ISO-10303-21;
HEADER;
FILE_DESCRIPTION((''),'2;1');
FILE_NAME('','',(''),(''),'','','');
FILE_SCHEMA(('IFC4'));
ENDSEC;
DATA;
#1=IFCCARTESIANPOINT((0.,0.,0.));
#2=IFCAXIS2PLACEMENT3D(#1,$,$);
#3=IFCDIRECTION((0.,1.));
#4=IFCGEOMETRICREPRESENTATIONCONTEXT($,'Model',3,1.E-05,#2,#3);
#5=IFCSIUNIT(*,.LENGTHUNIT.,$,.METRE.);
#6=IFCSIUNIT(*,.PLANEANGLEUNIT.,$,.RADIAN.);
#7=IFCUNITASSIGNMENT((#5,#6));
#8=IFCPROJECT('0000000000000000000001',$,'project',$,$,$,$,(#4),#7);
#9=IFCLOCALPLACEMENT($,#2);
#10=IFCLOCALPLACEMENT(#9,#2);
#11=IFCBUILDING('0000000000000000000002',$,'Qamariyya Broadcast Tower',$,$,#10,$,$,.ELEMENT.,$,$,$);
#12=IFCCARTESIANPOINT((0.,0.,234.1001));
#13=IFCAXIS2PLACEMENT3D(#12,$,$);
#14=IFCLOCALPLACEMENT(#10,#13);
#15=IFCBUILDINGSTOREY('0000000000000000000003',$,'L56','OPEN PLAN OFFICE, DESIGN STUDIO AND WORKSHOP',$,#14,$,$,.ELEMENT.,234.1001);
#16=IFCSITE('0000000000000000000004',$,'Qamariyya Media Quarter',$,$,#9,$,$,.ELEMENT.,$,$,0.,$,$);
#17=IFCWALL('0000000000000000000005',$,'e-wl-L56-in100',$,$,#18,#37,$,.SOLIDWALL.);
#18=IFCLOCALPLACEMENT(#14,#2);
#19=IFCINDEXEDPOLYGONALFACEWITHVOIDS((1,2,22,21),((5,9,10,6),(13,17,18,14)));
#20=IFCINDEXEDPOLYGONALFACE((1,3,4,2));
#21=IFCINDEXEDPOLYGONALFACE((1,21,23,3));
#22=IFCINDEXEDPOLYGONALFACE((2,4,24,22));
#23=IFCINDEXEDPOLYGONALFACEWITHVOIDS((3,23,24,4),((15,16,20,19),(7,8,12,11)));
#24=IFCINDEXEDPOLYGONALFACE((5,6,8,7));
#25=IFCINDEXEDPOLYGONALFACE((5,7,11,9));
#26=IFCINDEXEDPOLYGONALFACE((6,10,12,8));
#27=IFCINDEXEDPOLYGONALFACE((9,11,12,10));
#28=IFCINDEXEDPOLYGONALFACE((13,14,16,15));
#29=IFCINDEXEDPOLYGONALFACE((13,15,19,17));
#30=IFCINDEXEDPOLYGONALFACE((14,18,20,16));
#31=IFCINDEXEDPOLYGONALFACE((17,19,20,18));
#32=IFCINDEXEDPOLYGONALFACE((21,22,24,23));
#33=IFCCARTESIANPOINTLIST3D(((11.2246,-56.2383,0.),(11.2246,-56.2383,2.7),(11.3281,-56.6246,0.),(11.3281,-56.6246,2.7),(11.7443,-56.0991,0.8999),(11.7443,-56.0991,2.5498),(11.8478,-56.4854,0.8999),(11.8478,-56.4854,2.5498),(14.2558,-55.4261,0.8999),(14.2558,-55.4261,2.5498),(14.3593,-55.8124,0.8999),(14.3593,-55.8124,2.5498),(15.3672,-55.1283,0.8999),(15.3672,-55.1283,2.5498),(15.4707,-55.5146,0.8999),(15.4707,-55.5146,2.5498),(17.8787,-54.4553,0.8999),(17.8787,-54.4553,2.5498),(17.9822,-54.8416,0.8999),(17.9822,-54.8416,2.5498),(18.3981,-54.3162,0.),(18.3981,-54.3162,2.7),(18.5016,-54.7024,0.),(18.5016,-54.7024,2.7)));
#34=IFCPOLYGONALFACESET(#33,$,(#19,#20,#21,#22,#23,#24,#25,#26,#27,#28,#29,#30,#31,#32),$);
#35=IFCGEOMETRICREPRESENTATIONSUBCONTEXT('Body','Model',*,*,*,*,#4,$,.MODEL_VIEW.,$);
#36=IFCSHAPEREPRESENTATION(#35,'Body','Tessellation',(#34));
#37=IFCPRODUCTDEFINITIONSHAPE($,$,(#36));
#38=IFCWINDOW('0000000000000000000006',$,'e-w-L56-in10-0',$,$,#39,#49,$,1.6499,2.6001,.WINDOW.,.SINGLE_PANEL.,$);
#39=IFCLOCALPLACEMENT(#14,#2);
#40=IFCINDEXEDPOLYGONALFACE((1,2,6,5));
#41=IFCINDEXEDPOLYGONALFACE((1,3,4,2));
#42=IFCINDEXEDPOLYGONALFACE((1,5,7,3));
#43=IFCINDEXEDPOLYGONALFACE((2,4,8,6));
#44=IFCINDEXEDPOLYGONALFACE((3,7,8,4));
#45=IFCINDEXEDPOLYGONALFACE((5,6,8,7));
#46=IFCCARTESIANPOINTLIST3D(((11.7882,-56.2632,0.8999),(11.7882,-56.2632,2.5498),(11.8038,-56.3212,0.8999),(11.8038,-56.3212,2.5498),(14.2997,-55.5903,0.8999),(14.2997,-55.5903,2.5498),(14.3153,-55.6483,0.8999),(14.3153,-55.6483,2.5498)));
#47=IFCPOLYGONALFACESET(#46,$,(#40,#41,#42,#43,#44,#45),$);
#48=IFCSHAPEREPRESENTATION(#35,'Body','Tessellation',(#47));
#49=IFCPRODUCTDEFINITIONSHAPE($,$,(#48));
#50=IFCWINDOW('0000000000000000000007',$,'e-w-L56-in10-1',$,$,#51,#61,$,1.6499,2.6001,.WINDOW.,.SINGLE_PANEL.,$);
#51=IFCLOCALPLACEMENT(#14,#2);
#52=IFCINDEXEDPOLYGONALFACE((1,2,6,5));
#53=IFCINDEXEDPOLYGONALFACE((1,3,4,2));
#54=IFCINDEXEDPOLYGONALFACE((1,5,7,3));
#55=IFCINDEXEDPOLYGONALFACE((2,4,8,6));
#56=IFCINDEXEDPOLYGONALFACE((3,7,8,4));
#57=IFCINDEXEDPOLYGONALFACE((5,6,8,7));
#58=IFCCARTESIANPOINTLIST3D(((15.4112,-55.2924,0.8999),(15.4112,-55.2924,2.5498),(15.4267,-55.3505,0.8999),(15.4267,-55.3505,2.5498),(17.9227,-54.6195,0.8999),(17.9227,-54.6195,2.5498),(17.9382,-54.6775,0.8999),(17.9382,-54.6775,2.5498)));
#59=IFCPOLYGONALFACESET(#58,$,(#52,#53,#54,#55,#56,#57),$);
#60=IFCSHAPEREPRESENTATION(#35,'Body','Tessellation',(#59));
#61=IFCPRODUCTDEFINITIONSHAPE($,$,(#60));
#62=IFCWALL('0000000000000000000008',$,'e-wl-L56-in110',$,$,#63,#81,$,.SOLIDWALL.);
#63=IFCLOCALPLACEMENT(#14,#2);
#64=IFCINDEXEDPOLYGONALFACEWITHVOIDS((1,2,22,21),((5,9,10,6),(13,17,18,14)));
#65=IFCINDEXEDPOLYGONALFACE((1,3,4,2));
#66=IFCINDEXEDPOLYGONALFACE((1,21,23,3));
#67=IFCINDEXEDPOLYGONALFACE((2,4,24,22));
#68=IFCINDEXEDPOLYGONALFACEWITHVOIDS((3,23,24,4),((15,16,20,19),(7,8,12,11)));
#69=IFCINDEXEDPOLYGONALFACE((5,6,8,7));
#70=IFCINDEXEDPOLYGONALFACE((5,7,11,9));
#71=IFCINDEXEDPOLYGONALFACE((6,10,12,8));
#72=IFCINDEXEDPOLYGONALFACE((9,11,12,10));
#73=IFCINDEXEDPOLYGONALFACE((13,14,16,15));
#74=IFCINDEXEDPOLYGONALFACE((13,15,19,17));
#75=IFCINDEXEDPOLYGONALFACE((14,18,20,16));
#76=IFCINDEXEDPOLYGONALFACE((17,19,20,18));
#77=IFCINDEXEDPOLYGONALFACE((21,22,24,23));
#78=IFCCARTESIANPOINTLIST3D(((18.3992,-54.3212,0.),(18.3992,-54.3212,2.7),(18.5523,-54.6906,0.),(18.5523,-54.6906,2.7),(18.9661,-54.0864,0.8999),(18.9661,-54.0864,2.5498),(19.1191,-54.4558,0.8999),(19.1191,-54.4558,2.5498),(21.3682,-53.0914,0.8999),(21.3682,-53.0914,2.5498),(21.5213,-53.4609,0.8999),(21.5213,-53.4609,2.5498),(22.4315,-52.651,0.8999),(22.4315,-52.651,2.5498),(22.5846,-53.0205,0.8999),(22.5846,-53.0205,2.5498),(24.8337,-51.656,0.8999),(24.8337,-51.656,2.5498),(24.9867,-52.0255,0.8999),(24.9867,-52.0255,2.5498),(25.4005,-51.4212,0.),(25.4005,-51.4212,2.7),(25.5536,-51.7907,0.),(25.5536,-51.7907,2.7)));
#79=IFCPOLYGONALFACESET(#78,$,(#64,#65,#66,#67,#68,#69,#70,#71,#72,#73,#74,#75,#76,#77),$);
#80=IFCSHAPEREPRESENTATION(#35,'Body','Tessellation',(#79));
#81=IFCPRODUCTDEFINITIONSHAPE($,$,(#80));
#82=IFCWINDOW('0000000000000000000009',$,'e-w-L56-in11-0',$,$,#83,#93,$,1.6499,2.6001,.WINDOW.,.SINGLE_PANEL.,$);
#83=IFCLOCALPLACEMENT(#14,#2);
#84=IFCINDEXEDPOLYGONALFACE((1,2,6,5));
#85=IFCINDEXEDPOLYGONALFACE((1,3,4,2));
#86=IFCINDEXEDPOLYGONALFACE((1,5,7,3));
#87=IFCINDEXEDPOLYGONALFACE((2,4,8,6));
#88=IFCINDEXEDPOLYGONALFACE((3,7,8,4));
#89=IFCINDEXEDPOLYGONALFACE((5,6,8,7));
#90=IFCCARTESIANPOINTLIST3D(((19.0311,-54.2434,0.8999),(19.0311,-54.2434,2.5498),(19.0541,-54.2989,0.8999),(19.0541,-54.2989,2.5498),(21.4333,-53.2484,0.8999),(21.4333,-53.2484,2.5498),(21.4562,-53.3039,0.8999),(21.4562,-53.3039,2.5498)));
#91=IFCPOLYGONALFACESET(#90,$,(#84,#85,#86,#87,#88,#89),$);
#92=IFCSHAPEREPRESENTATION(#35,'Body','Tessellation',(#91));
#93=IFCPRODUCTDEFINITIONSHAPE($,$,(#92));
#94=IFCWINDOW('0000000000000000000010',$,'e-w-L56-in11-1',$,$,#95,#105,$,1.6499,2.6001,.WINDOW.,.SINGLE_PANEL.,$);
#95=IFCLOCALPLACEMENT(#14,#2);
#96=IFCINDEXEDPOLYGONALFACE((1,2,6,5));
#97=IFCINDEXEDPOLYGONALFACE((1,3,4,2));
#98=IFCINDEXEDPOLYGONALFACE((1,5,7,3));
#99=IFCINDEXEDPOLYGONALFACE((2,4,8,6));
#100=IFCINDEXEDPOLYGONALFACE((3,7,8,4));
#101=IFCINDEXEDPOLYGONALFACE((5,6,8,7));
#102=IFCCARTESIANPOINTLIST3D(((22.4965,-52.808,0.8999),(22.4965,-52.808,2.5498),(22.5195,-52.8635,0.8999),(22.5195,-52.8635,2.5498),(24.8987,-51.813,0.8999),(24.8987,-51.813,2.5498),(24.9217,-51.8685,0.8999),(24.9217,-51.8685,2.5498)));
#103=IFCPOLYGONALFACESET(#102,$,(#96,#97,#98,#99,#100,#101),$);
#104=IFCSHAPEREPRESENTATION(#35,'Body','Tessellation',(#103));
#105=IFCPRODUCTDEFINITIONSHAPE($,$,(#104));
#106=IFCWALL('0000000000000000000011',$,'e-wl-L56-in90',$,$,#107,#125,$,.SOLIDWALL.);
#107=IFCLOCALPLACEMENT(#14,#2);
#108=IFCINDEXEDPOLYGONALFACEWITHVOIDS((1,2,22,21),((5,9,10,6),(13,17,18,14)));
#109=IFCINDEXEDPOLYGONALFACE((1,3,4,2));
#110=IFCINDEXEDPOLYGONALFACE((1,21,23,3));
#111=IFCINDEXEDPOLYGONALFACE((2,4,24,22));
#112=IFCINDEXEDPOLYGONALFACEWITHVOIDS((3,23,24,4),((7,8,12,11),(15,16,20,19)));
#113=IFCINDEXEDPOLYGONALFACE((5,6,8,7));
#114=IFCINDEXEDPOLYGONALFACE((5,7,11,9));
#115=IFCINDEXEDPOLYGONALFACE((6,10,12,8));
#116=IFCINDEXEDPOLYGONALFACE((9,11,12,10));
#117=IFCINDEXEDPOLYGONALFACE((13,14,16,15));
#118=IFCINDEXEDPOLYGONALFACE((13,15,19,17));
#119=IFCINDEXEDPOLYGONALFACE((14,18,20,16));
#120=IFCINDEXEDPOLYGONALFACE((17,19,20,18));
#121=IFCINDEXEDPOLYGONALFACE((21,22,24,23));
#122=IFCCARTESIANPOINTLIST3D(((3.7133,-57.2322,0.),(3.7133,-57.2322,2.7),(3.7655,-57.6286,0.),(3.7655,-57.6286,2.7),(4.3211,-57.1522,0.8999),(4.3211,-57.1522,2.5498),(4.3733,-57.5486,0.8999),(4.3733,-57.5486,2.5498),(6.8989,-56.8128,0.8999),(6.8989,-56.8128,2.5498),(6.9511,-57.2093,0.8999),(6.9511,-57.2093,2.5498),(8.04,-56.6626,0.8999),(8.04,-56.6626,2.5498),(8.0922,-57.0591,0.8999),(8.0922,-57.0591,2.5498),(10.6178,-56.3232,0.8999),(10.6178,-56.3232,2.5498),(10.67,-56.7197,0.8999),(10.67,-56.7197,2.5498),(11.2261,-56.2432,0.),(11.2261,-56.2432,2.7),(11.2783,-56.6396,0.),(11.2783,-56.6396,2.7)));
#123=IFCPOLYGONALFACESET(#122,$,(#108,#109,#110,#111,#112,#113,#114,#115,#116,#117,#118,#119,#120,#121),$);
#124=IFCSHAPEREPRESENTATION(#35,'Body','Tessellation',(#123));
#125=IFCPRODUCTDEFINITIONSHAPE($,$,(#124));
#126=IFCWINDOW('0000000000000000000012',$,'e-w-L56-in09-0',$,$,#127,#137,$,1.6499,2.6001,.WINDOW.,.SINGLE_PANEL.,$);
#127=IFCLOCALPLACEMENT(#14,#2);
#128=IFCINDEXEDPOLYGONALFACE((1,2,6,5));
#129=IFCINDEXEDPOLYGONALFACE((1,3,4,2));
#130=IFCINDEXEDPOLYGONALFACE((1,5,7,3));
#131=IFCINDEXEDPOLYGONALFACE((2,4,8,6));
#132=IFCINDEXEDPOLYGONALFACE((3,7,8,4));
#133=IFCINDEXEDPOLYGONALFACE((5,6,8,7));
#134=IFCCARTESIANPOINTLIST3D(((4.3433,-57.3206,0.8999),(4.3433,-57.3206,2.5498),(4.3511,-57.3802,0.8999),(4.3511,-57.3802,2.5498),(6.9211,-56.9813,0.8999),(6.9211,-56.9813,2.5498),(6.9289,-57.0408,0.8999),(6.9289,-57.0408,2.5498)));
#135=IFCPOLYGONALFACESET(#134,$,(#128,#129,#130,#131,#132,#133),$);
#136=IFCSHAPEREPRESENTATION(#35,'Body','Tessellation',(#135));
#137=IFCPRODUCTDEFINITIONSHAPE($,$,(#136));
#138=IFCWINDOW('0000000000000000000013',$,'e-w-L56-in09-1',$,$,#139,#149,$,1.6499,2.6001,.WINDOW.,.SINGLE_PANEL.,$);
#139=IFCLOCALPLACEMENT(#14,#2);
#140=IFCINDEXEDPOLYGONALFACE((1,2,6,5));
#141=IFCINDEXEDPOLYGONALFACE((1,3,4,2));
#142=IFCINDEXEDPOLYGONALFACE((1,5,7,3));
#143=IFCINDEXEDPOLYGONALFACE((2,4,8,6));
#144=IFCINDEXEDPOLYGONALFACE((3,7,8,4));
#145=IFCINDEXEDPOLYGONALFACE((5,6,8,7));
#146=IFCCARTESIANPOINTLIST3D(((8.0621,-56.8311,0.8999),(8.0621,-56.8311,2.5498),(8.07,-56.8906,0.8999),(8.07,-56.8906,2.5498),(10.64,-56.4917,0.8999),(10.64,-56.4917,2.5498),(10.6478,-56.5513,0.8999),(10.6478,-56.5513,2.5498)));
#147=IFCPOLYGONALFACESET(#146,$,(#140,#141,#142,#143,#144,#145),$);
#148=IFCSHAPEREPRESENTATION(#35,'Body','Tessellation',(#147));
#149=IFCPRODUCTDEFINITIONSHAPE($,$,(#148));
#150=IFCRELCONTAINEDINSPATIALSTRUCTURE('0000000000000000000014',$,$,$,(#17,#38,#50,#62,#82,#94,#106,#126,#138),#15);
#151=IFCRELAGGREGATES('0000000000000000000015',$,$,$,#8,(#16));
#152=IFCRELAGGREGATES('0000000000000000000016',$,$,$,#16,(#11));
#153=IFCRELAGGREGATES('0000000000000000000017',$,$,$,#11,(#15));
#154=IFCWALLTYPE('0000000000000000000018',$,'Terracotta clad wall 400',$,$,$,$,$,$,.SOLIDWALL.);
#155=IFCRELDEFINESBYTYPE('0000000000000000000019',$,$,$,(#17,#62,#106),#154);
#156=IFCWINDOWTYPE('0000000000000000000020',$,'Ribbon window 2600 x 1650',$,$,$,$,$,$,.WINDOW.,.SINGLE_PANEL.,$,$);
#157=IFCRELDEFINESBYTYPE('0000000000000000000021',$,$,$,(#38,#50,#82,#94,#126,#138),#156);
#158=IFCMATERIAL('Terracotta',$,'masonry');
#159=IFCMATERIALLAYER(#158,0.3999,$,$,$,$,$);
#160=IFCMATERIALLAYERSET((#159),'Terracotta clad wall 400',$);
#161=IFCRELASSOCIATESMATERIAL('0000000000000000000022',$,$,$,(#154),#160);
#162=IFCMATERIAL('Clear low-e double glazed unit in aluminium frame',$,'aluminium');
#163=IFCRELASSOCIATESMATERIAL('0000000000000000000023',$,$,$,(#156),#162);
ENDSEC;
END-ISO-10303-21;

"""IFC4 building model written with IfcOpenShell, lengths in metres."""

from ifc_helpers import new_model, si_unit, direction, frame, frame_2d, origin, place, context, subcontext, project, spatial, rectangle, extrude, material, layer, layer_set, type_object, element, fill, save


model = new_model("IFC4")

# Units and contexts
model_context = context("Model", 3, precision=1e-05, world=origin(), true_north=direction((0.0, 1.0)))
body_context = subcontext(model_context, "Body", "Model", "MODEL_VIEW")
ifc_project = project(units=[si_unit("LENGTHUNIT", "METRE"), si_unit("PLANEANGLEUNIT", "RADIAN")], contexts=[model_context])

# Site, building, storey
site_placement = place(None, origin())
site = spatial("IfcSite", under=ifc_project, at=site_placement, Name="Qamariyya Media Quarter", CompositionType="ELEMENT", RefElevation=0.0)
building_placement = place(site_placement, origin())
building = spatial("IfcBuilding", under=site, at=building_placement, Name="Qamariyya Broadcast Tower", CompositionType="ELEMENT")
storey_placement = place(building_placement, frame((0.0, 0.0, 234.1001)))
storey = spatial("IfcBuildingStorey", under=building, at=storey_placement, Name="L56", Description="OPEN PLAN OFFICE, DESIGN STUDIO AND WORKSHOP", CompositionType="ELEMENT", Elevation=234.1001)

# Walls, openings, windows
ifc_material_1 = material(Name="Terracotta", Category="masonry")
ifc_layer_1 = layer(ifc_material_1, 0.3999)
ifc_layer_set_1 = layer_set([ifc_layer_1], Name="Terracotta clad wall 400")
wall_type_1 = type_object("IfcWallType", Name="Terracotta clad wall 400", PredefinedType="SOLIDWALL", material=ifc_layer_set_1)
wall_1_placement = place(storey_placement, frame((18.45, -54.5093, 0.0), z_axis=(0.0, 0.0, 1.0), x_axis=(-0.965925, -0.258823, 0.0)))
wall_1 = element("IfcWall", 1, at=wall_1_placement, inside=storey, type_object=wall_type_1, Name="e-wl-L56-in100", PredefinedType="SOLIDWALL", context=body_context, shape_type="SweptSolid", body=[
    extrude(rectangle(XDim=7.4265, YDim=0.3999, at=frame_2d((3.7134, 0.0))), origin(), (0.0, 0.0, 1.0), 2.7),
])
opening_1_placement = place(wall_1_placement, frame((4.2886, 0.0, 0.8999)))
opening_1 = element("IfcOpeningElement", 2, at=opening_1_placement, cuts=wall_1, PredefinedType="OPENING", context=body_context, shape_type="SweptSolid", body=[
    extrude(rectangle(XDim=2.6001, YDim=1.6499, at=frame_2d((1.3, 0.825))), frame((0.0, 0.21, 0.0), z_axis=(0.0, -1.0, 0.0), x_axis=(1.0, 0.0, 0.0)), (0.0, 0.0, 1.0), 0.4199),
])
opening_2_placement = place(wall_1_placement, frame((0.5378, 0.0, 0.8999)))
opening_2 = element("IfcOpeningElement", 3, at=opening_2_placement, cuts=wall_1, PredefinedType="OPENING", context=body_context, shape_type="SweptSolid", body=[
    extrude(rectangle(XDim=2.6001, YDim=1.6499, at=frame_2d((1.3, 0.825))), frame((0.0, 0.21, 0.0), z_axis=(0.0, -1.0, 0.0), x_axis=(1.0, 0.0, 0.0)), (0.0, 0.0, 1.0), 0.4199),
])
ifc_material_2 = material(Name="Clear low-e double glazed unit in aluminium frame", Category="aluminium")
window_type = type_object("IfcWindowType", Name="Ribbon window 2600 x 1650", PartitioningType="SINGLE_PANEL", PredefinedType="WINDOW", material=ifc_material_2)
window_1_placement = place(opening_1_placement, origin())
window_1 = element("IfcWindow", 4, at=window_1_placement, inside=storey, type_object=window_type, Name="e-w-L56-in10-0", OverallHeight=1.6499, OverallWidth=2.6001, PartitioningType="SINGLE_PANEL", PredefinedType="WINDOW", context=body_context, shape_type="SweptSolid", body=[
    extrude(rectangle(XDim=2.6001, YDim=1.6499, at=frame_2d((1.3, 0.825))), frame((0.0, 0.03, 0.0), z_axis=(0.0, -1.0, 0.0), x_axis=(1.0, 0.0, 0.0)), (0.0, 0.0, 1.0), 0.0601),
])
fill(opening_1, window_1)
window_2_placement = place(opening_2_placement, origin())
window_2 = element("IfcWindow", 5, at=window_2_placement, inside=storey, type_object=window_type, Name="e-w-L56-in10-1", OverallHeight=1.6499, OverallWidth=2.6001, PartitioningType="SINGLE_PANEL", PredefinedType="WINDOW", context=body_context, shape_type="SweptSolid", body=[
    extrude(rectangle(XDim=2.6001, YDim=1.6499, at=frame_2d((1.3, 0.825))), frame((0.0, 0.03, 0.0), z_axis=(0.0, -1.0, 0.0), x_axis=(1.0, 0.0, 0.0)), (0.0, 0.0, 1.0), 0.0601),
])
fill(opening_2, window_2)
wall_2_placement = place(storey_placement, frame((25.4771, -51.606, 0.0), z_axis=(0.0, 0.0, 1.0), x_axis=(-0.923884, -0.382672, 0.0)))
wall_2 = element("IfcWall", 6, at=wall_2_placement, inside=storey, type_object=wall_type_1, Name="e-wl-L56-in110", PredefinedType="SOLIDWALL", context=body_context, shape_type="SweptSolid", body=[
    extrude(rectangle(XDim=7.5781, YDim=0.3999, at=frame_2d((3.7891, 0.0))), origin(), (0.0, 0.0, 1.0), 2.7),
])
opening_3_placement = place(wall_2_placement, frame((4.3645, 0.0, 0.8999)))
opening_3 = element("IfcOpeningElement", 7, at=opening_3_placement, cuts=wall_2, PredefinedType="OPENING", context=body_context, shape_type="SweptSolid", body=[
    extrude(rectangle(XDim=2.6001, YDim=1.6499, at=frame_2d((1.3, 0.825))), frame((0.0, 0.21, 0.0), z_axis=(0.0, -1.0, 0.0), x_axis=(1.0, 0.0, 0.0)), (0.0, 0.0, 1.0), 0.4199),
])
opening_4_placement = place(wall_2_placement, frame((0.6135, 0.0, 0.8999)))
opening_4 = element("IfcOpeningElement", 8, at=opening_4_placement, cuts=wall_2, PredefinedType="OPENING", context=body_context, shape_type="SweptSolid", body=[
    extrude(rectangle(XDim=2.6001, YDim=1.6499, at=frame_2d((1.3, 0.825))), frame((0.0, 0.21, 0.0), z_axis=(0.0, -1.0, 0.0), x_axis=(1.0, 0.0, 0.0)), (0.0, 0.0, 1.0), 0.4199),
])
window_3_placement = place(opening_3_placement, origin())
window_3 = element("IfcWindow", 9, at=window_3_placement, inside=storey, type_object=window_type, Name="e-w-L56-in11-0", OverallHeight=1.6499, OverallWidth=2.6001, PartitioningType="SINGLE_PANEL", PredefinedType="WINDOW", context=body_context, shape_type="SweptSolid", body=[
    extrude(rectangle(XDim=2.6001, YDim=1.6499, at=frame_2d((1.3, 0.825))), frame((0.0, 0.03, 0.0), z_axis=(0.0, -1.0, 0.0), x_axis=(1.0, 0.0, 0.0)), (0.0, 0.0, 1.0), 0.0601),
])
fill(opening_3, window_3)
window_4_placement = place(opening_4_placement, origin())
window_4 = element("IfcWindow", 10, at=window_4_placement, inside=storey, type_object=window_type, Name="e-w-L56-in11-1", OverallHeight=1.6499, OverallWidth=2.6001, PartitioningType="SINGLE_PANEL", PredefinedType="WINDOW", context=body_context, shape_type="SweptSolid", body=[
    extrude(rectangle(XDim=2.6001, YDim=1.6499, at=frame_2d((1.3, 0.825))), frame((0.0, 0.03, 0.0), z_axis=(0.0, -1.0, 0.0), x_axis=(1.0, 0.0, 0.0)), (0.0, 0.0, 1.0), 0.0601),
])
fill(opening_4, window_4)
wall_3_placement = place(storey_placement, frame((11.2522, -56.4414, 0.0), z_axis=(0.0, 0.0, 1.0), x_axis=(-0.991446, -0.130515, 0.0)))
wall_3 = element("IfcWall", 11, at=wall_3_placement, inside=storey, type_object=wall_type_1, Name="e-wl-L56-in90", PredefinedType="SOLIDWALL", context=body_context, shape_type="SweptSolid", body=[
    extrude(rectangle(XDim=7.5776, YDim=0.3999, at=frame_2d((3.7888, 0.0))), origin(), (0.0, 0.0, 1.0), 2.7),
])
opening_5_placement = place(wall_3_placement, frame((4.3645, 0.0, 0.8999)))
opening_5 = element("IfcOpeningElement", 12, at=opening_5_placement, cuts=wall_3, PredefinedType="OPENING", context=body_context, shape_type="SweptSolid", body=[
    extrude(rectangle(XDim=2.6001, YDim=1.6499, at=frame_2d((1.3, 0.825))), frame((0.0, 0.21, 0.0), z_axis=(0.0, -1.0, 0.0), x_axis=(1.0, 0.0, 0.0)), (0.0, 0.0, 1.0), 0.4199),
])
opening_6_placement = place(wall_3_placement, frame((0.6135, 0.0, 0.8999)))
opening_6 = element("IfcOpeningElement", 13, at=opening_6_placement, cuts=wall_3, PredefinedType="OPENING", context=body_context, shape_type="SweptSolid", body=[
    extrude(rectangle(XDim=2.6001, YDim=1.6499, at=frame_2d((1.3, 0.825))), frame((0.0, 0.21, 0.0), z_axis=(0.0, -1.0, 0.0), x_axis=(1.0, 0.0, 0.0)), (0.0, 0.0, 1.0), 0.4199),
])
window_5_placement = place(opening_5_placement, origin())
window_5 = element("IfcWindow", 14, at=window_5_placement, inside=storey, type_object=window_type, Name="e-w-L56-in09-0", OverallHeight=1.6499, OverallWidth=2.6001, PartitioningType="SINGLE_PANEL", PredefinedType="WINDOW", context=body_context, shape_type="SweptSolid", body=[
    extrude(rectangle(XDim=2.6001, YDim=1.6499, at=frame_2d((1.3, 0.825))), frame((0.0, 0.03, 0.0), z_axis=(0.0, -1.0, 0.0), x_axis=(1.0, 0.0, 0.0)), (0.0, 0.0, 1.0), 0.0601),
])
fill(opening_5, window_5)
window_6_placement = place(opening_6_placement, origin())
window_6 = element("IfcWindow", 15, at=window_6_placement, inside=storey, type_object=window_type, Name="e-w-L56-in09-1", OverallHeight=1.6499, OverallWidth=2.6001, PartitioningType="SINGLE_PANEL", PredefinedType="WINDOW", context=body_context, shape_type="SweptSolid", body=[
    extrude(rectangle(XDim=2.6001, YDim=1.6499, at=frame_2d((1.3, 0.825))), frame((0.0, 0.03, 0.0), z_axis=(0.0, -1.0, 0.0), x_axis=(1.0, 0.0, 0.0)), (0.0, 0.0, 1.0), 0.0601),
])
fill(opening_6, window_6)

save(model, "model.ifc")
